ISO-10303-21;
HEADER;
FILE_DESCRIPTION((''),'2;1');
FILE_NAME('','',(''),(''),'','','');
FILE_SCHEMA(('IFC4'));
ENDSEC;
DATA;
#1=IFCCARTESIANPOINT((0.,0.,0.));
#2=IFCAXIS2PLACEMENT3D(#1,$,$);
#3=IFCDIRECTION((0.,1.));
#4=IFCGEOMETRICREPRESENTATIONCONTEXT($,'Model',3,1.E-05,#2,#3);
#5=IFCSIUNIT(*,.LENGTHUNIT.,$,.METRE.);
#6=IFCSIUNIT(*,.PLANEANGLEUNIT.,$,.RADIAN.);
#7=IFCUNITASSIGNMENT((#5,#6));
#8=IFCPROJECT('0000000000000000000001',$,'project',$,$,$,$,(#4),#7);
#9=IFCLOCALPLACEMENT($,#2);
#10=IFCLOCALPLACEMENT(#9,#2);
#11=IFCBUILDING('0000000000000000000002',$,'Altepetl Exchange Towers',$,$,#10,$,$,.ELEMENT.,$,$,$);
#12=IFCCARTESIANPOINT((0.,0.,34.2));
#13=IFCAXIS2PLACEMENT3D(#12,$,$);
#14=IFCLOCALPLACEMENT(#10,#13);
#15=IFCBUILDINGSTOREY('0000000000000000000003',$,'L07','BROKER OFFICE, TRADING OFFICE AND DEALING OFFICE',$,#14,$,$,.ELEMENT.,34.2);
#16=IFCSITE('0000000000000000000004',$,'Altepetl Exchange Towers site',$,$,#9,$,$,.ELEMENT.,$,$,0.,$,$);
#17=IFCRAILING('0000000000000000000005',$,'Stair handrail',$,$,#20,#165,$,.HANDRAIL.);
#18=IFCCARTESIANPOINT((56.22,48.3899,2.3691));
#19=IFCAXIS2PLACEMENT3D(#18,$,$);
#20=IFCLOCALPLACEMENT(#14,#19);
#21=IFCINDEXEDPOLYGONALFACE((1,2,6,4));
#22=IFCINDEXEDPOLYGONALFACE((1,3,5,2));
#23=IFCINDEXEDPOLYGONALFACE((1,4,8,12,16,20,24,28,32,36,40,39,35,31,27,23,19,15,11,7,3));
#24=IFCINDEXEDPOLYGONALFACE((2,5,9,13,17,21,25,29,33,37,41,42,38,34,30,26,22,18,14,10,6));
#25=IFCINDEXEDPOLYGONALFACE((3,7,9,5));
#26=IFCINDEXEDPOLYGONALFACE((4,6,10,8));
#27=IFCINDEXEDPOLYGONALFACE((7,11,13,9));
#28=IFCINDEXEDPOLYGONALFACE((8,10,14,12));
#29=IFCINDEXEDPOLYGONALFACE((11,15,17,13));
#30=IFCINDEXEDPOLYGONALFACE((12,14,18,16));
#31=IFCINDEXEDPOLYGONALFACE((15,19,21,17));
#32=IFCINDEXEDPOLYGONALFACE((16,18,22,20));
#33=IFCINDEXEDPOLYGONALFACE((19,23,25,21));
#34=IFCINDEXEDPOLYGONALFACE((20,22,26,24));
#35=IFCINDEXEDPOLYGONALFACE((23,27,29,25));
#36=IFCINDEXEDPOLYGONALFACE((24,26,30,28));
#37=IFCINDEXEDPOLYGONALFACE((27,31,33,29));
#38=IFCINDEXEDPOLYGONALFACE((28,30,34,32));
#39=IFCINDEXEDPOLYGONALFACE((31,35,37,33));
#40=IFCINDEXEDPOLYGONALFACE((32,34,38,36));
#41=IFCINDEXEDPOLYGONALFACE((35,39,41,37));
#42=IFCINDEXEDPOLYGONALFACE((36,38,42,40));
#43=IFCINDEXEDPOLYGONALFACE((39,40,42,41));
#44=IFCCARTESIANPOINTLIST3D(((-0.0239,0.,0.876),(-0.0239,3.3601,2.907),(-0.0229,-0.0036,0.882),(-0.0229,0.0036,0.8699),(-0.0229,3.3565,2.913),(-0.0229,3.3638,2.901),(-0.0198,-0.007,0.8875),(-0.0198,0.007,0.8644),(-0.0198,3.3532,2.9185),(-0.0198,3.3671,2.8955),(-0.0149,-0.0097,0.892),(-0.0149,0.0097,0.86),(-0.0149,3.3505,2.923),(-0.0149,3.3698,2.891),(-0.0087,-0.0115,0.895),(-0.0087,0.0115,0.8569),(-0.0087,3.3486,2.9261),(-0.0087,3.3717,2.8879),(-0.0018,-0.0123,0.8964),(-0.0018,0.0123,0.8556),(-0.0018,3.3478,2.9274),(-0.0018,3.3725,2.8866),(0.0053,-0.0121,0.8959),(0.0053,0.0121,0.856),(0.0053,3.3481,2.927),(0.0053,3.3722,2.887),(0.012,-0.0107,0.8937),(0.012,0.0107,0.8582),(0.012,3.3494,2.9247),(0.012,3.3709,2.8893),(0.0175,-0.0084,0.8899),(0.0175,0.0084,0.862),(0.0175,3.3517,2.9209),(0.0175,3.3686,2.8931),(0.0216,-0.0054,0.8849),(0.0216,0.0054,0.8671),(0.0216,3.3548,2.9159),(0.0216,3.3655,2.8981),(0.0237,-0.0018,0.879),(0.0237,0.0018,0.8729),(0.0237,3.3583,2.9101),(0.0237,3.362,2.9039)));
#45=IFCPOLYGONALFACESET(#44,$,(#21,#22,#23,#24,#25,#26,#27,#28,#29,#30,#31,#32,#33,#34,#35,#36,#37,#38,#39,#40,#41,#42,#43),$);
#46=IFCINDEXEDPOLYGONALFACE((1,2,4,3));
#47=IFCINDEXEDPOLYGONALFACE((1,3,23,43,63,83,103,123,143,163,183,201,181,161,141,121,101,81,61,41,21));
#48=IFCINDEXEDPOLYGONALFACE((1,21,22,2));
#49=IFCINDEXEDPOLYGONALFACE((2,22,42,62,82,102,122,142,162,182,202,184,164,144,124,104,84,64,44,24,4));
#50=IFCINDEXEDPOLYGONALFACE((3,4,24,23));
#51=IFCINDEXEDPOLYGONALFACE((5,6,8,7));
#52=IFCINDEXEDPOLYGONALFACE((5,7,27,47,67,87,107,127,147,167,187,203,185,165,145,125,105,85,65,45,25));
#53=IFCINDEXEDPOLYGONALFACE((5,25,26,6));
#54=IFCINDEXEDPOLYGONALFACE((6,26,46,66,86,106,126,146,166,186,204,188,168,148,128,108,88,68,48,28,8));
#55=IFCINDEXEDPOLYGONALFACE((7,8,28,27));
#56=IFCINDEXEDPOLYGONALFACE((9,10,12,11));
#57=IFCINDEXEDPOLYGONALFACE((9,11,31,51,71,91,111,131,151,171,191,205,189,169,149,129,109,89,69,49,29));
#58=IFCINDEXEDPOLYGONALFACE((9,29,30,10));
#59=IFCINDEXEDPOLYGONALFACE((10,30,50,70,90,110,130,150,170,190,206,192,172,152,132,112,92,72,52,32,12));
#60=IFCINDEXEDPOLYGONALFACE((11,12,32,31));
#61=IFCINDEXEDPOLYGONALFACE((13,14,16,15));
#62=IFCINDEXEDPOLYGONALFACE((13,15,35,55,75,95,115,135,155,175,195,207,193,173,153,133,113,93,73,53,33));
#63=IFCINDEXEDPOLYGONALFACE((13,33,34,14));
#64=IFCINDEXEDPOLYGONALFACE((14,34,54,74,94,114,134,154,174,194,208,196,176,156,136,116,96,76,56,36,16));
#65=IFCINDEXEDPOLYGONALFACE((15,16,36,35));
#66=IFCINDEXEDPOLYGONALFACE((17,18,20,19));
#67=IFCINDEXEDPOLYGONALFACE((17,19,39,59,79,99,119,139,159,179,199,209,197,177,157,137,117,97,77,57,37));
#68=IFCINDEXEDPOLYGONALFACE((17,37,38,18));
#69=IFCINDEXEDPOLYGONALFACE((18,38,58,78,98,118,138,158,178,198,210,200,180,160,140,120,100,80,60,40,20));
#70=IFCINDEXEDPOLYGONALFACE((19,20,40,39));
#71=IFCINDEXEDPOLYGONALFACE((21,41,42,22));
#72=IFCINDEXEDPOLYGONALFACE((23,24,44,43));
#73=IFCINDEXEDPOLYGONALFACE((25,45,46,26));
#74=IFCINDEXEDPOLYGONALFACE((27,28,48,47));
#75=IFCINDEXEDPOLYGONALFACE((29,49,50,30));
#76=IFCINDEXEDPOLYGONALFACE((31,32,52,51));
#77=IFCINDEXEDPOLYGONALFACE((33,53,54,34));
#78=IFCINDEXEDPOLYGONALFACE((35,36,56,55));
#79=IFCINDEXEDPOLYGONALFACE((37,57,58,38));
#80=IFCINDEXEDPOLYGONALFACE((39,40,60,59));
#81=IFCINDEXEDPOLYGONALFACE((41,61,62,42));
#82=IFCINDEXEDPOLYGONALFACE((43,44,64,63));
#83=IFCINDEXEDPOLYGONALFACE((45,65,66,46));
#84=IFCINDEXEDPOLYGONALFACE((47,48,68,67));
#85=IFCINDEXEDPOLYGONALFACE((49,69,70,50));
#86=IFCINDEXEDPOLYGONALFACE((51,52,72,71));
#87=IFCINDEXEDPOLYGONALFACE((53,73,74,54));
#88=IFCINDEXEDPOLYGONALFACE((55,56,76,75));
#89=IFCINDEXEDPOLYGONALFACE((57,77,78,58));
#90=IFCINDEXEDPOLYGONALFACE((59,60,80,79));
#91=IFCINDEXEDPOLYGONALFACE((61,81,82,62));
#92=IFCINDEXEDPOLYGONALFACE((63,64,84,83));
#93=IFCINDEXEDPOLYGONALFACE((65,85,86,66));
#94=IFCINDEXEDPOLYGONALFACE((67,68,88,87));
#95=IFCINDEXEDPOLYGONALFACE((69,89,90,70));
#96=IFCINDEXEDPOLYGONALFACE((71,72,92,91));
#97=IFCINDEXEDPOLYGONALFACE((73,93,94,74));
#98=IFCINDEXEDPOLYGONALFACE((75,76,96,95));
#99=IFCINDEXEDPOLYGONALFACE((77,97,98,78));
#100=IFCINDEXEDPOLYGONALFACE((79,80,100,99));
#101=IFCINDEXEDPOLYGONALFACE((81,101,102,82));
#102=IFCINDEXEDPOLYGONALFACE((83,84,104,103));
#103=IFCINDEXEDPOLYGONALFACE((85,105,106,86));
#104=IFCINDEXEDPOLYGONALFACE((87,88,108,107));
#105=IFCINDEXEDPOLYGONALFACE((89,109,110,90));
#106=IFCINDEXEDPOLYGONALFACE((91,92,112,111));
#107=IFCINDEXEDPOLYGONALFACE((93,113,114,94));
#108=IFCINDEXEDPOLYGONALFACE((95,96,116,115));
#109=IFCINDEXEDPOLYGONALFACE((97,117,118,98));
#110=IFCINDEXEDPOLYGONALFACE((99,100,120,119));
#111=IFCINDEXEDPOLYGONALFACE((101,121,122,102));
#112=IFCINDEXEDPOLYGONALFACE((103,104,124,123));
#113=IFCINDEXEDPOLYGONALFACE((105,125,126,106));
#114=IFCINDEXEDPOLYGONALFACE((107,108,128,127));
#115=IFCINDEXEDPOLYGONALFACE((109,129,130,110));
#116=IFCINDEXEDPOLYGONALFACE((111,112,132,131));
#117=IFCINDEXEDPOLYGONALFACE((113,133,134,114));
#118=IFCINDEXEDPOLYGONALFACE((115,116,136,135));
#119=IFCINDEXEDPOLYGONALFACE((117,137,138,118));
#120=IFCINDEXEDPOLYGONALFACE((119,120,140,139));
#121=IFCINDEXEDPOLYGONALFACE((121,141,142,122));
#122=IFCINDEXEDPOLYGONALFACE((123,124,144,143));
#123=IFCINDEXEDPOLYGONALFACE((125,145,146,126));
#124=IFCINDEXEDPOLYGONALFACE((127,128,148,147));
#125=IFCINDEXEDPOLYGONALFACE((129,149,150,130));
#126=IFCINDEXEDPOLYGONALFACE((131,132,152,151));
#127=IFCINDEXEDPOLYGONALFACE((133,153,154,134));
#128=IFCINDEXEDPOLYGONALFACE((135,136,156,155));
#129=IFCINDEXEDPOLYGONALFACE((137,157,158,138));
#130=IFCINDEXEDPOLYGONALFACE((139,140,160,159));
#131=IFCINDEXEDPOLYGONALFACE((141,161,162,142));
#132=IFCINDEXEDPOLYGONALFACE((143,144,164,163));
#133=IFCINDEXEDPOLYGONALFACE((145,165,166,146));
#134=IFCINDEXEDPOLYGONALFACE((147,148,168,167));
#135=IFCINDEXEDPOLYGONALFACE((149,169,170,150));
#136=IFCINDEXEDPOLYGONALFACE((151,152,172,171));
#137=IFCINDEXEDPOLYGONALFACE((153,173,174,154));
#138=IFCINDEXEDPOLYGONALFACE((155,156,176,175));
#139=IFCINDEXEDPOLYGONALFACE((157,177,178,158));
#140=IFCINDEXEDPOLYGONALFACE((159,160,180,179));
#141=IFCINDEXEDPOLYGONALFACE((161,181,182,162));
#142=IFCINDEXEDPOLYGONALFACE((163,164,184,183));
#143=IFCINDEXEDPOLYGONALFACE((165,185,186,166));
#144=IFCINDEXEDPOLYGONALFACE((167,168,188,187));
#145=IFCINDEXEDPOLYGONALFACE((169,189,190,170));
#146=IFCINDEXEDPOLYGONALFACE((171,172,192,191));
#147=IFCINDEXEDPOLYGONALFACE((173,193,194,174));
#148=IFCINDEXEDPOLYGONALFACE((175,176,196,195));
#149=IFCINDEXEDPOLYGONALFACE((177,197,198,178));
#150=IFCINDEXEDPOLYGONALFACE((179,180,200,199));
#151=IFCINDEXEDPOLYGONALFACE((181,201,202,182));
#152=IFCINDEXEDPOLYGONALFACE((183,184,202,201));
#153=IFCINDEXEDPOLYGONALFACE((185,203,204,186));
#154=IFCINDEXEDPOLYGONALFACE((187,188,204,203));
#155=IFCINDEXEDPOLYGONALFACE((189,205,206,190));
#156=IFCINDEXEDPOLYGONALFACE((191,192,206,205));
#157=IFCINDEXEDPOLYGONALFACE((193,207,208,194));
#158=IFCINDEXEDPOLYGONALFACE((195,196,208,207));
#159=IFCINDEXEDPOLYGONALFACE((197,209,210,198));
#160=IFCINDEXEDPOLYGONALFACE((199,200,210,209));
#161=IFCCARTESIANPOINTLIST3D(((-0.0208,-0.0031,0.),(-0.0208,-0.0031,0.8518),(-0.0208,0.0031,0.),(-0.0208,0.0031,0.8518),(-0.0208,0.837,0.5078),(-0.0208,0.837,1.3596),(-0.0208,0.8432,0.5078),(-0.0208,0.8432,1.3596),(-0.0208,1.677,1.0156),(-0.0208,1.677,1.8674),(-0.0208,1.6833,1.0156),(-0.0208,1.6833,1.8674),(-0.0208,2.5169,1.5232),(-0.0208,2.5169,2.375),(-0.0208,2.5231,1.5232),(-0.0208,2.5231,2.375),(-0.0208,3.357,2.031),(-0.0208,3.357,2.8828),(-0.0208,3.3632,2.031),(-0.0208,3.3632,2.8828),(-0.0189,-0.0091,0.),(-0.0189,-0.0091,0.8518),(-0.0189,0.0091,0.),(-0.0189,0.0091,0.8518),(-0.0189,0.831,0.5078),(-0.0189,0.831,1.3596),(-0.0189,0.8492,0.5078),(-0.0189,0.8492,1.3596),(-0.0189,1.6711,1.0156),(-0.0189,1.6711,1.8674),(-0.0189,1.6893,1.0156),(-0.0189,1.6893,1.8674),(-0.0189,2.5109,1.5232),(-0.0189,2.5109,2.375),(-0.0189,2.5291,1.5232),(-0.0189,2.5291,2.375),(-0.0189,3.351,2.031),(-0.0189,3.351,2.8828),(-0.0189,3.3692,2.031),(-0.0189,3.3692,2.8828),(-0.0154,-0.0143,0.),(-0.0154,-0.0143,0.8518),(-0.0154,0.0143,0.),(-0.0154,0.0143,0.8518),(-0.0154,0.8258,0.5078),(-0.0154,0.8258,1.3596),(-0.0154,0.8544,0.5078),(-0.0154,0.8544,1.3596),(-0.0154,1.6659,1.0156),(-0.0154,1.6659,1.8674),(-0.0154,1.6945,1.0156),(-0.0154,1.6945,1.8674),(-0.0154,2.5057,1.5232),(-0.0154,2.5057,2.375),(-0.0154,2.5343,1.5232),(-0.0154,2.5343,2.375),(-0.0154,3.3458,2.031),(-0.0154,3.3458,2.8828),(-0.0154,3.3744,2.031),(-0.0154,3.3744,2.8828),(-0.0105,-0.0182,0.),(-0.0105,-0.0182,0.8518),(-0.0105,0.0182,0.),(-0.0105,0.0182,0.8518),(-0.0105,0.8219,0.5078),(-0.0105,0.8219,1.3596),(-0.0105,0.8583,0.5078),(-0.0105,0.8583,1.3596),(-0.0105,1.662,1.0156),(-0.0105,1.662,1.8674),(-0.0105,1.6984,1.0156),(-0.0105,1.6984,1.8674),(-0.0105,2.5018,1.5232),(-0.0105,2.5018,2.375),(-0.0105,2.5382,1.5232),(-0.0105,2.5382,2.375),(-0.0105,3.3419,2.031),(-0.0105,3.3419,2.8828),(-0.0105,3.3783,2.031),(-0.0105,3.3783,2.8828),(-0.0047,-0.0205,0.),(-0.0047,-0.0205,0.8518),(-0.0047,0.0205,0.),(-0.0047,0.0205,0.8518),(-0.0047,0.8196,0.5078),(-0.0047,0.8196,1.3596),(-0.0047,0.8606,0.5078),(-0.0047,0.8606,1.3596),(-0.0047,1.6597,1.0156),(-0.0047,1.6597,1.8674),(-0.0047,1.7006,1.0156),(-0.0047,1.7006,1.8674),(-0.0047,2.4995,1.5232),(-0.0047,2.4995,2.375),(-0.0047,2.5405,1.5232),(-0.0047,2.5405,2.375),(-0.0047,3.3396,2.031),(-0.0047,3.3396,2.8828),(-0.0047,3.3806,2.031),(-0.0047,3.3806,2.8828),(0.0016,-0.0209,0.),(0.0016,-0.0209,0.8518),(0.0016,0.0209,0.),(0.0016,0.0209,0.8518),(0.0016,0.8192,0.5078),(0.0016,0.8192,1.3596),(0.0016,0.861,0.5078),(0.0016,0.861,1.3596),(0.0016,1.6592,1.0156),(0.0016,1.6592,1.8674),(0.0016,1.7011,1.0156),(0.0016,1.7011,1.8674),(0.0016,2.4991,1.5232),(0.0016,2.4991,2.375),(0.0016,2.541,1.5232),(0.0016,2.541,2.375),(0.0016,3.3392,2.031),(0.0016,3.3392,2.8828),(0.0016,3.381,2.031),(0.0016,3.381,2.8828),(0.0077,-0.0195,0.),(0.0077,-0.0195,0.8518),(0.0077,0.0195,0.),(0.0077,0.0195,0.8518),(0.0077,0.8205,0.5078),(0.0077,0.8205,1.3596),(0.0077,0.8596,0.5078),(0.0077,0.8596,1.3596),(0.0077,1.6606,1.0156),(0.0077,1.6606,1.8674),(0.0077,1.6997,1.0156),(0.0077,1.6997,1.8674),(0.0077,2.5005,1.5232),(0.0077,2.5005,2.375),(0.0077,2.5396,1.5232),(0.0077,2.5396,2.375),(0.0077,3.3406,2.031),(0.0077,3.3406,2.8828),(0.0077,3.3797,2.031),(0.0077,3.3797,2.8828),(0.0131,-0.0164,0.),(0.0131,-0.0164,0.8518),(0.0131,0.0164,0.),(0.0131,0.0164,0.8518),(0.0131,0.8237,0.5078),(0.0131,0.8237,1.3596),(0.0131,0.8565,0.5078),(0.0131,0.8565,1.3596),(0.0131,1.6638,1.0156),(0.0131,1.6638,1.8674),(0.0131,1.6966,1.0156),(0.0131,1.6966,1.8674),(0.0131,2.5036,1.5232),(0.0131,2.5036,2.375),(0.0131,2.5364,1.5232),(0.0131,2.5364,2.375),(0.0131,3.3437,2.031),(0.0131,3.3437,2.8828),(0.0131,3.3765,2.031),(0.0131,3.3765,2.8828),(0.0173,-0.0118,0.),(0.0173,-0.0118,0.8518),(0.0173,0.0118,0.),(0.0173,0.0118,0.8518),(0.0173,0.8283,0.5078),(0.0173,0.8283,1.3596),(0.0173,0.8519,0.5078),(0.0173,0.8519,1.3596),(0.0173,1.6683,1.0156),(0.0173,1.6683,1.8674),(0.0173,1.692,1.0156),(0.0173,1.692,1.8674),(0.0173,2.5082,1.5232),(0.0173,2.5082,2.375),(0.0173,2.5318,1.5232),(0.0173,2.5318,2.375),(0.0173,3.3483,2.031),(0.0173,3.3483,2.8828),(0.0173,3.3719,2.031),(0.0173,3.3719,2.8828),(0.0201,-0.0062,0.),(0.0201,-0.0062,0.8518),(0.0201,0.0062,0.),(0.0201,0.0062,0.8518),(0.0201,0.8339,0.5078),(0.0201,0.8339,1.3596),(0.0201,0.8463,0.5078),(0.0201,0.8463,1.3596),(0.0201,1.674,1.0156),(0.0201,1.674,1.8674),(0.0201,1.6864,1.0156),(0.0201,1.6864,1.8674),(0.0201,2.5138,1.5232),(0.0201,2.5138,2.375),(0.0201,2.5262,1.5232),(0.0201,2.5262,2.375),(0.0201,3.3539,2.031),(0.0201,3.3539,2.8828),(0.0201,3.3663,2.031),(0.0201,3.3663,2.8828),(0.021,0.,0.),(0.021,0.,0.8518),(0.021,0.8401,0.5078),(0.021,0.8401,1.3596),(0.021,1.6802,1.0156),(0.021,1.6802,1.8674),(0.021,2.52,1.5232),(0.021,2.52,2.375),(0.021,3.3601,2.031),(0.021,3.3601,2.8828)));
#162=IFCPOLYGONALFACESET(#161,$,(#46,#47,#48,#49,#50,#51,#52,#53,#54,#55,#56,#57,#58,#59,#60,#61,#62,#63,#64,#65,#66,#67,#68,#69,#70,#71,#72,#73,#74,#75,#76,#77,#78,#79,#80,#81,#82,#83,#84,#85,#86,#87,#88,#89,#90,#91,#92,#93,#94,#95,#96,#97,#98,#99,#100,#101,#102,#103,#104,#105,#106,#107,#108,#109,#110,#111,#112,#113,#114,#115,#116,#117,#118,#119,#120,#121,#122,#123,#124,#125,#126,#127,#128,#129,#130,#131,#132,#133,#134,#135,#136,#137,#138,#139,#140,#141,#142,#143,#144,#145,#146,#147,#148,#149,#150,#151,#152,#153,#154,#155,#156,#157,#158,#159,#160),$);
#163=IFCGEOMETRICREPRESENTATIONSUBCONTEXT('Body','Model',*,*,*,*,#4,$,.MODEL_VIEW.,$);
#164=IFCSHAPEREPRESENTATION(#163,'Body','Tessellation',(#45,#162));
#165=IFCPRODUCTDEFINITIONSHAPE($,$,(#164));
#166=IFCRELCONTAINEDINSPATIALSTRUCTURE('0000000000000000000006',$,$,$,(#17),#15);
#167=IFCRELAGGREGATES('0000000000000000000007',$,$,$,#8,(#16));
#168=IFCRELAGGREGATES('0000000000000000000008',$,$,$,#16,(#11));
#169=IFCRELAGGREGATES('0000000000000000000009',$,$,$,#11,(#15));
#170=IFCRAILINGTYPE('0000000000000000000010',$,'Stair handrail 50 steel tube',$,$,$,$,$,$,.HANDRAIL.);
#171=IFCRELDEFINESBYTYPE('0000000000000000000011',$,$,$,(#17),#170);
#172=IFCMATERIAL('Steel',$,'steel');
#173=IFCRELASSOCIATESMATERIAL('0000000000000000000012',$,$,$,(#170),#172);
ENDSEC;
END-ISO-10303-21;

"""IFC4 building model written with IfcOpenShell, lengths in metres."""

from ifc_helpers import new_model, si_unit, direction, frame, origin, origin_2d, place, context, subcontext, project, spatial, circle, extrude, source, transform, mapped, material, type_object, element, save


model = new_model("IFC4")

# Units and contexts
model_context = context("Model", 3, precision=1e-05, world=origin(), true_north=direction((0.0, 1.0)))
body_context = subcontext(model_context, "Body", "Model", "MODEL_VIEW")
ifc_project = project(units=[si_unit("LENGTHUNIT", "METRE"), si_unit("PLANEANGLEUNIT", "RADIAN")], contexts=[model_context])

# Site, building, storey
site_placement = place(None, origin())
site = spatial("IfcSite", under=ifc_project, at=site_placement, Name="Altepetl Exchange Towers site", CompositionType="ELEMENT", RefElevation=0.0)
building_placement = place(site_placement, origin())
building = spatial("IfcBuilding", under=site, at=building_placement, Name="Altepetl Exchange Towers", CompositionType="ELEMENT")
storey_placement = place(building_placement, frame((0.0, 0.0, 34.2)))
storey = spatial("IfcBuildingStorey", under=building, at=storey_placement, Name="L07", Description="BROKER OFFICE, TRADING OFFICE AND DEALING OFFICE", CompositionType="ELEMENT", Elevation=34.2)

# Railing
ifc_material_1 = material(Name="Steel", Category="steel")
railing_type = type_object("IfcRailingType", Name="Stair handrail 50 steel tube", PredefinedType="HANDRAIL", material=ifc_material_1)
shared_shape = source(origin(), body_context, "Body", "SweptSolid", [
    extrude(circle(Radius=0.021, at=origin_2d()), origin(), (0.0, 0.0, 1.0), 0.8518),
])
railing_1_placement = place(storey_placement, frame((56.22, 48.3899, 2.3691)))
element("IfcRailing", 1, at=railing_1_placement, inside=storey, type_object=railing_type, Name="Stair handrail", PredefinedType="HANDRAIL", context=body_context, shape_type="SweptSolid", body=[
    extrude(circle(Radius=0.0239, at=origin_2d()), frame((0.0, 0.0, 0.876), z_axis=(0.0, 0.855809, 0.517291), x_axis=(-1.0, 0.0, 0.0)), (0.0, 0.0, 1.0), 3.9263),
    mapped(shared_shape, transform((0.0, 0.0, 0.0))),
    mapped(shared_shape, transform((0.0, 0.8401, 0.5078))),
    mapped(shared_shape, transform((0.0, 1.6802, 1.0156))),
    mapped(shared_shape, transform((0.0, 2.52, 1.5232))),
    mapped(shared_shape, transform((0.0, 3.3601, 2.031))),
])

save(model, "model.ifc")
